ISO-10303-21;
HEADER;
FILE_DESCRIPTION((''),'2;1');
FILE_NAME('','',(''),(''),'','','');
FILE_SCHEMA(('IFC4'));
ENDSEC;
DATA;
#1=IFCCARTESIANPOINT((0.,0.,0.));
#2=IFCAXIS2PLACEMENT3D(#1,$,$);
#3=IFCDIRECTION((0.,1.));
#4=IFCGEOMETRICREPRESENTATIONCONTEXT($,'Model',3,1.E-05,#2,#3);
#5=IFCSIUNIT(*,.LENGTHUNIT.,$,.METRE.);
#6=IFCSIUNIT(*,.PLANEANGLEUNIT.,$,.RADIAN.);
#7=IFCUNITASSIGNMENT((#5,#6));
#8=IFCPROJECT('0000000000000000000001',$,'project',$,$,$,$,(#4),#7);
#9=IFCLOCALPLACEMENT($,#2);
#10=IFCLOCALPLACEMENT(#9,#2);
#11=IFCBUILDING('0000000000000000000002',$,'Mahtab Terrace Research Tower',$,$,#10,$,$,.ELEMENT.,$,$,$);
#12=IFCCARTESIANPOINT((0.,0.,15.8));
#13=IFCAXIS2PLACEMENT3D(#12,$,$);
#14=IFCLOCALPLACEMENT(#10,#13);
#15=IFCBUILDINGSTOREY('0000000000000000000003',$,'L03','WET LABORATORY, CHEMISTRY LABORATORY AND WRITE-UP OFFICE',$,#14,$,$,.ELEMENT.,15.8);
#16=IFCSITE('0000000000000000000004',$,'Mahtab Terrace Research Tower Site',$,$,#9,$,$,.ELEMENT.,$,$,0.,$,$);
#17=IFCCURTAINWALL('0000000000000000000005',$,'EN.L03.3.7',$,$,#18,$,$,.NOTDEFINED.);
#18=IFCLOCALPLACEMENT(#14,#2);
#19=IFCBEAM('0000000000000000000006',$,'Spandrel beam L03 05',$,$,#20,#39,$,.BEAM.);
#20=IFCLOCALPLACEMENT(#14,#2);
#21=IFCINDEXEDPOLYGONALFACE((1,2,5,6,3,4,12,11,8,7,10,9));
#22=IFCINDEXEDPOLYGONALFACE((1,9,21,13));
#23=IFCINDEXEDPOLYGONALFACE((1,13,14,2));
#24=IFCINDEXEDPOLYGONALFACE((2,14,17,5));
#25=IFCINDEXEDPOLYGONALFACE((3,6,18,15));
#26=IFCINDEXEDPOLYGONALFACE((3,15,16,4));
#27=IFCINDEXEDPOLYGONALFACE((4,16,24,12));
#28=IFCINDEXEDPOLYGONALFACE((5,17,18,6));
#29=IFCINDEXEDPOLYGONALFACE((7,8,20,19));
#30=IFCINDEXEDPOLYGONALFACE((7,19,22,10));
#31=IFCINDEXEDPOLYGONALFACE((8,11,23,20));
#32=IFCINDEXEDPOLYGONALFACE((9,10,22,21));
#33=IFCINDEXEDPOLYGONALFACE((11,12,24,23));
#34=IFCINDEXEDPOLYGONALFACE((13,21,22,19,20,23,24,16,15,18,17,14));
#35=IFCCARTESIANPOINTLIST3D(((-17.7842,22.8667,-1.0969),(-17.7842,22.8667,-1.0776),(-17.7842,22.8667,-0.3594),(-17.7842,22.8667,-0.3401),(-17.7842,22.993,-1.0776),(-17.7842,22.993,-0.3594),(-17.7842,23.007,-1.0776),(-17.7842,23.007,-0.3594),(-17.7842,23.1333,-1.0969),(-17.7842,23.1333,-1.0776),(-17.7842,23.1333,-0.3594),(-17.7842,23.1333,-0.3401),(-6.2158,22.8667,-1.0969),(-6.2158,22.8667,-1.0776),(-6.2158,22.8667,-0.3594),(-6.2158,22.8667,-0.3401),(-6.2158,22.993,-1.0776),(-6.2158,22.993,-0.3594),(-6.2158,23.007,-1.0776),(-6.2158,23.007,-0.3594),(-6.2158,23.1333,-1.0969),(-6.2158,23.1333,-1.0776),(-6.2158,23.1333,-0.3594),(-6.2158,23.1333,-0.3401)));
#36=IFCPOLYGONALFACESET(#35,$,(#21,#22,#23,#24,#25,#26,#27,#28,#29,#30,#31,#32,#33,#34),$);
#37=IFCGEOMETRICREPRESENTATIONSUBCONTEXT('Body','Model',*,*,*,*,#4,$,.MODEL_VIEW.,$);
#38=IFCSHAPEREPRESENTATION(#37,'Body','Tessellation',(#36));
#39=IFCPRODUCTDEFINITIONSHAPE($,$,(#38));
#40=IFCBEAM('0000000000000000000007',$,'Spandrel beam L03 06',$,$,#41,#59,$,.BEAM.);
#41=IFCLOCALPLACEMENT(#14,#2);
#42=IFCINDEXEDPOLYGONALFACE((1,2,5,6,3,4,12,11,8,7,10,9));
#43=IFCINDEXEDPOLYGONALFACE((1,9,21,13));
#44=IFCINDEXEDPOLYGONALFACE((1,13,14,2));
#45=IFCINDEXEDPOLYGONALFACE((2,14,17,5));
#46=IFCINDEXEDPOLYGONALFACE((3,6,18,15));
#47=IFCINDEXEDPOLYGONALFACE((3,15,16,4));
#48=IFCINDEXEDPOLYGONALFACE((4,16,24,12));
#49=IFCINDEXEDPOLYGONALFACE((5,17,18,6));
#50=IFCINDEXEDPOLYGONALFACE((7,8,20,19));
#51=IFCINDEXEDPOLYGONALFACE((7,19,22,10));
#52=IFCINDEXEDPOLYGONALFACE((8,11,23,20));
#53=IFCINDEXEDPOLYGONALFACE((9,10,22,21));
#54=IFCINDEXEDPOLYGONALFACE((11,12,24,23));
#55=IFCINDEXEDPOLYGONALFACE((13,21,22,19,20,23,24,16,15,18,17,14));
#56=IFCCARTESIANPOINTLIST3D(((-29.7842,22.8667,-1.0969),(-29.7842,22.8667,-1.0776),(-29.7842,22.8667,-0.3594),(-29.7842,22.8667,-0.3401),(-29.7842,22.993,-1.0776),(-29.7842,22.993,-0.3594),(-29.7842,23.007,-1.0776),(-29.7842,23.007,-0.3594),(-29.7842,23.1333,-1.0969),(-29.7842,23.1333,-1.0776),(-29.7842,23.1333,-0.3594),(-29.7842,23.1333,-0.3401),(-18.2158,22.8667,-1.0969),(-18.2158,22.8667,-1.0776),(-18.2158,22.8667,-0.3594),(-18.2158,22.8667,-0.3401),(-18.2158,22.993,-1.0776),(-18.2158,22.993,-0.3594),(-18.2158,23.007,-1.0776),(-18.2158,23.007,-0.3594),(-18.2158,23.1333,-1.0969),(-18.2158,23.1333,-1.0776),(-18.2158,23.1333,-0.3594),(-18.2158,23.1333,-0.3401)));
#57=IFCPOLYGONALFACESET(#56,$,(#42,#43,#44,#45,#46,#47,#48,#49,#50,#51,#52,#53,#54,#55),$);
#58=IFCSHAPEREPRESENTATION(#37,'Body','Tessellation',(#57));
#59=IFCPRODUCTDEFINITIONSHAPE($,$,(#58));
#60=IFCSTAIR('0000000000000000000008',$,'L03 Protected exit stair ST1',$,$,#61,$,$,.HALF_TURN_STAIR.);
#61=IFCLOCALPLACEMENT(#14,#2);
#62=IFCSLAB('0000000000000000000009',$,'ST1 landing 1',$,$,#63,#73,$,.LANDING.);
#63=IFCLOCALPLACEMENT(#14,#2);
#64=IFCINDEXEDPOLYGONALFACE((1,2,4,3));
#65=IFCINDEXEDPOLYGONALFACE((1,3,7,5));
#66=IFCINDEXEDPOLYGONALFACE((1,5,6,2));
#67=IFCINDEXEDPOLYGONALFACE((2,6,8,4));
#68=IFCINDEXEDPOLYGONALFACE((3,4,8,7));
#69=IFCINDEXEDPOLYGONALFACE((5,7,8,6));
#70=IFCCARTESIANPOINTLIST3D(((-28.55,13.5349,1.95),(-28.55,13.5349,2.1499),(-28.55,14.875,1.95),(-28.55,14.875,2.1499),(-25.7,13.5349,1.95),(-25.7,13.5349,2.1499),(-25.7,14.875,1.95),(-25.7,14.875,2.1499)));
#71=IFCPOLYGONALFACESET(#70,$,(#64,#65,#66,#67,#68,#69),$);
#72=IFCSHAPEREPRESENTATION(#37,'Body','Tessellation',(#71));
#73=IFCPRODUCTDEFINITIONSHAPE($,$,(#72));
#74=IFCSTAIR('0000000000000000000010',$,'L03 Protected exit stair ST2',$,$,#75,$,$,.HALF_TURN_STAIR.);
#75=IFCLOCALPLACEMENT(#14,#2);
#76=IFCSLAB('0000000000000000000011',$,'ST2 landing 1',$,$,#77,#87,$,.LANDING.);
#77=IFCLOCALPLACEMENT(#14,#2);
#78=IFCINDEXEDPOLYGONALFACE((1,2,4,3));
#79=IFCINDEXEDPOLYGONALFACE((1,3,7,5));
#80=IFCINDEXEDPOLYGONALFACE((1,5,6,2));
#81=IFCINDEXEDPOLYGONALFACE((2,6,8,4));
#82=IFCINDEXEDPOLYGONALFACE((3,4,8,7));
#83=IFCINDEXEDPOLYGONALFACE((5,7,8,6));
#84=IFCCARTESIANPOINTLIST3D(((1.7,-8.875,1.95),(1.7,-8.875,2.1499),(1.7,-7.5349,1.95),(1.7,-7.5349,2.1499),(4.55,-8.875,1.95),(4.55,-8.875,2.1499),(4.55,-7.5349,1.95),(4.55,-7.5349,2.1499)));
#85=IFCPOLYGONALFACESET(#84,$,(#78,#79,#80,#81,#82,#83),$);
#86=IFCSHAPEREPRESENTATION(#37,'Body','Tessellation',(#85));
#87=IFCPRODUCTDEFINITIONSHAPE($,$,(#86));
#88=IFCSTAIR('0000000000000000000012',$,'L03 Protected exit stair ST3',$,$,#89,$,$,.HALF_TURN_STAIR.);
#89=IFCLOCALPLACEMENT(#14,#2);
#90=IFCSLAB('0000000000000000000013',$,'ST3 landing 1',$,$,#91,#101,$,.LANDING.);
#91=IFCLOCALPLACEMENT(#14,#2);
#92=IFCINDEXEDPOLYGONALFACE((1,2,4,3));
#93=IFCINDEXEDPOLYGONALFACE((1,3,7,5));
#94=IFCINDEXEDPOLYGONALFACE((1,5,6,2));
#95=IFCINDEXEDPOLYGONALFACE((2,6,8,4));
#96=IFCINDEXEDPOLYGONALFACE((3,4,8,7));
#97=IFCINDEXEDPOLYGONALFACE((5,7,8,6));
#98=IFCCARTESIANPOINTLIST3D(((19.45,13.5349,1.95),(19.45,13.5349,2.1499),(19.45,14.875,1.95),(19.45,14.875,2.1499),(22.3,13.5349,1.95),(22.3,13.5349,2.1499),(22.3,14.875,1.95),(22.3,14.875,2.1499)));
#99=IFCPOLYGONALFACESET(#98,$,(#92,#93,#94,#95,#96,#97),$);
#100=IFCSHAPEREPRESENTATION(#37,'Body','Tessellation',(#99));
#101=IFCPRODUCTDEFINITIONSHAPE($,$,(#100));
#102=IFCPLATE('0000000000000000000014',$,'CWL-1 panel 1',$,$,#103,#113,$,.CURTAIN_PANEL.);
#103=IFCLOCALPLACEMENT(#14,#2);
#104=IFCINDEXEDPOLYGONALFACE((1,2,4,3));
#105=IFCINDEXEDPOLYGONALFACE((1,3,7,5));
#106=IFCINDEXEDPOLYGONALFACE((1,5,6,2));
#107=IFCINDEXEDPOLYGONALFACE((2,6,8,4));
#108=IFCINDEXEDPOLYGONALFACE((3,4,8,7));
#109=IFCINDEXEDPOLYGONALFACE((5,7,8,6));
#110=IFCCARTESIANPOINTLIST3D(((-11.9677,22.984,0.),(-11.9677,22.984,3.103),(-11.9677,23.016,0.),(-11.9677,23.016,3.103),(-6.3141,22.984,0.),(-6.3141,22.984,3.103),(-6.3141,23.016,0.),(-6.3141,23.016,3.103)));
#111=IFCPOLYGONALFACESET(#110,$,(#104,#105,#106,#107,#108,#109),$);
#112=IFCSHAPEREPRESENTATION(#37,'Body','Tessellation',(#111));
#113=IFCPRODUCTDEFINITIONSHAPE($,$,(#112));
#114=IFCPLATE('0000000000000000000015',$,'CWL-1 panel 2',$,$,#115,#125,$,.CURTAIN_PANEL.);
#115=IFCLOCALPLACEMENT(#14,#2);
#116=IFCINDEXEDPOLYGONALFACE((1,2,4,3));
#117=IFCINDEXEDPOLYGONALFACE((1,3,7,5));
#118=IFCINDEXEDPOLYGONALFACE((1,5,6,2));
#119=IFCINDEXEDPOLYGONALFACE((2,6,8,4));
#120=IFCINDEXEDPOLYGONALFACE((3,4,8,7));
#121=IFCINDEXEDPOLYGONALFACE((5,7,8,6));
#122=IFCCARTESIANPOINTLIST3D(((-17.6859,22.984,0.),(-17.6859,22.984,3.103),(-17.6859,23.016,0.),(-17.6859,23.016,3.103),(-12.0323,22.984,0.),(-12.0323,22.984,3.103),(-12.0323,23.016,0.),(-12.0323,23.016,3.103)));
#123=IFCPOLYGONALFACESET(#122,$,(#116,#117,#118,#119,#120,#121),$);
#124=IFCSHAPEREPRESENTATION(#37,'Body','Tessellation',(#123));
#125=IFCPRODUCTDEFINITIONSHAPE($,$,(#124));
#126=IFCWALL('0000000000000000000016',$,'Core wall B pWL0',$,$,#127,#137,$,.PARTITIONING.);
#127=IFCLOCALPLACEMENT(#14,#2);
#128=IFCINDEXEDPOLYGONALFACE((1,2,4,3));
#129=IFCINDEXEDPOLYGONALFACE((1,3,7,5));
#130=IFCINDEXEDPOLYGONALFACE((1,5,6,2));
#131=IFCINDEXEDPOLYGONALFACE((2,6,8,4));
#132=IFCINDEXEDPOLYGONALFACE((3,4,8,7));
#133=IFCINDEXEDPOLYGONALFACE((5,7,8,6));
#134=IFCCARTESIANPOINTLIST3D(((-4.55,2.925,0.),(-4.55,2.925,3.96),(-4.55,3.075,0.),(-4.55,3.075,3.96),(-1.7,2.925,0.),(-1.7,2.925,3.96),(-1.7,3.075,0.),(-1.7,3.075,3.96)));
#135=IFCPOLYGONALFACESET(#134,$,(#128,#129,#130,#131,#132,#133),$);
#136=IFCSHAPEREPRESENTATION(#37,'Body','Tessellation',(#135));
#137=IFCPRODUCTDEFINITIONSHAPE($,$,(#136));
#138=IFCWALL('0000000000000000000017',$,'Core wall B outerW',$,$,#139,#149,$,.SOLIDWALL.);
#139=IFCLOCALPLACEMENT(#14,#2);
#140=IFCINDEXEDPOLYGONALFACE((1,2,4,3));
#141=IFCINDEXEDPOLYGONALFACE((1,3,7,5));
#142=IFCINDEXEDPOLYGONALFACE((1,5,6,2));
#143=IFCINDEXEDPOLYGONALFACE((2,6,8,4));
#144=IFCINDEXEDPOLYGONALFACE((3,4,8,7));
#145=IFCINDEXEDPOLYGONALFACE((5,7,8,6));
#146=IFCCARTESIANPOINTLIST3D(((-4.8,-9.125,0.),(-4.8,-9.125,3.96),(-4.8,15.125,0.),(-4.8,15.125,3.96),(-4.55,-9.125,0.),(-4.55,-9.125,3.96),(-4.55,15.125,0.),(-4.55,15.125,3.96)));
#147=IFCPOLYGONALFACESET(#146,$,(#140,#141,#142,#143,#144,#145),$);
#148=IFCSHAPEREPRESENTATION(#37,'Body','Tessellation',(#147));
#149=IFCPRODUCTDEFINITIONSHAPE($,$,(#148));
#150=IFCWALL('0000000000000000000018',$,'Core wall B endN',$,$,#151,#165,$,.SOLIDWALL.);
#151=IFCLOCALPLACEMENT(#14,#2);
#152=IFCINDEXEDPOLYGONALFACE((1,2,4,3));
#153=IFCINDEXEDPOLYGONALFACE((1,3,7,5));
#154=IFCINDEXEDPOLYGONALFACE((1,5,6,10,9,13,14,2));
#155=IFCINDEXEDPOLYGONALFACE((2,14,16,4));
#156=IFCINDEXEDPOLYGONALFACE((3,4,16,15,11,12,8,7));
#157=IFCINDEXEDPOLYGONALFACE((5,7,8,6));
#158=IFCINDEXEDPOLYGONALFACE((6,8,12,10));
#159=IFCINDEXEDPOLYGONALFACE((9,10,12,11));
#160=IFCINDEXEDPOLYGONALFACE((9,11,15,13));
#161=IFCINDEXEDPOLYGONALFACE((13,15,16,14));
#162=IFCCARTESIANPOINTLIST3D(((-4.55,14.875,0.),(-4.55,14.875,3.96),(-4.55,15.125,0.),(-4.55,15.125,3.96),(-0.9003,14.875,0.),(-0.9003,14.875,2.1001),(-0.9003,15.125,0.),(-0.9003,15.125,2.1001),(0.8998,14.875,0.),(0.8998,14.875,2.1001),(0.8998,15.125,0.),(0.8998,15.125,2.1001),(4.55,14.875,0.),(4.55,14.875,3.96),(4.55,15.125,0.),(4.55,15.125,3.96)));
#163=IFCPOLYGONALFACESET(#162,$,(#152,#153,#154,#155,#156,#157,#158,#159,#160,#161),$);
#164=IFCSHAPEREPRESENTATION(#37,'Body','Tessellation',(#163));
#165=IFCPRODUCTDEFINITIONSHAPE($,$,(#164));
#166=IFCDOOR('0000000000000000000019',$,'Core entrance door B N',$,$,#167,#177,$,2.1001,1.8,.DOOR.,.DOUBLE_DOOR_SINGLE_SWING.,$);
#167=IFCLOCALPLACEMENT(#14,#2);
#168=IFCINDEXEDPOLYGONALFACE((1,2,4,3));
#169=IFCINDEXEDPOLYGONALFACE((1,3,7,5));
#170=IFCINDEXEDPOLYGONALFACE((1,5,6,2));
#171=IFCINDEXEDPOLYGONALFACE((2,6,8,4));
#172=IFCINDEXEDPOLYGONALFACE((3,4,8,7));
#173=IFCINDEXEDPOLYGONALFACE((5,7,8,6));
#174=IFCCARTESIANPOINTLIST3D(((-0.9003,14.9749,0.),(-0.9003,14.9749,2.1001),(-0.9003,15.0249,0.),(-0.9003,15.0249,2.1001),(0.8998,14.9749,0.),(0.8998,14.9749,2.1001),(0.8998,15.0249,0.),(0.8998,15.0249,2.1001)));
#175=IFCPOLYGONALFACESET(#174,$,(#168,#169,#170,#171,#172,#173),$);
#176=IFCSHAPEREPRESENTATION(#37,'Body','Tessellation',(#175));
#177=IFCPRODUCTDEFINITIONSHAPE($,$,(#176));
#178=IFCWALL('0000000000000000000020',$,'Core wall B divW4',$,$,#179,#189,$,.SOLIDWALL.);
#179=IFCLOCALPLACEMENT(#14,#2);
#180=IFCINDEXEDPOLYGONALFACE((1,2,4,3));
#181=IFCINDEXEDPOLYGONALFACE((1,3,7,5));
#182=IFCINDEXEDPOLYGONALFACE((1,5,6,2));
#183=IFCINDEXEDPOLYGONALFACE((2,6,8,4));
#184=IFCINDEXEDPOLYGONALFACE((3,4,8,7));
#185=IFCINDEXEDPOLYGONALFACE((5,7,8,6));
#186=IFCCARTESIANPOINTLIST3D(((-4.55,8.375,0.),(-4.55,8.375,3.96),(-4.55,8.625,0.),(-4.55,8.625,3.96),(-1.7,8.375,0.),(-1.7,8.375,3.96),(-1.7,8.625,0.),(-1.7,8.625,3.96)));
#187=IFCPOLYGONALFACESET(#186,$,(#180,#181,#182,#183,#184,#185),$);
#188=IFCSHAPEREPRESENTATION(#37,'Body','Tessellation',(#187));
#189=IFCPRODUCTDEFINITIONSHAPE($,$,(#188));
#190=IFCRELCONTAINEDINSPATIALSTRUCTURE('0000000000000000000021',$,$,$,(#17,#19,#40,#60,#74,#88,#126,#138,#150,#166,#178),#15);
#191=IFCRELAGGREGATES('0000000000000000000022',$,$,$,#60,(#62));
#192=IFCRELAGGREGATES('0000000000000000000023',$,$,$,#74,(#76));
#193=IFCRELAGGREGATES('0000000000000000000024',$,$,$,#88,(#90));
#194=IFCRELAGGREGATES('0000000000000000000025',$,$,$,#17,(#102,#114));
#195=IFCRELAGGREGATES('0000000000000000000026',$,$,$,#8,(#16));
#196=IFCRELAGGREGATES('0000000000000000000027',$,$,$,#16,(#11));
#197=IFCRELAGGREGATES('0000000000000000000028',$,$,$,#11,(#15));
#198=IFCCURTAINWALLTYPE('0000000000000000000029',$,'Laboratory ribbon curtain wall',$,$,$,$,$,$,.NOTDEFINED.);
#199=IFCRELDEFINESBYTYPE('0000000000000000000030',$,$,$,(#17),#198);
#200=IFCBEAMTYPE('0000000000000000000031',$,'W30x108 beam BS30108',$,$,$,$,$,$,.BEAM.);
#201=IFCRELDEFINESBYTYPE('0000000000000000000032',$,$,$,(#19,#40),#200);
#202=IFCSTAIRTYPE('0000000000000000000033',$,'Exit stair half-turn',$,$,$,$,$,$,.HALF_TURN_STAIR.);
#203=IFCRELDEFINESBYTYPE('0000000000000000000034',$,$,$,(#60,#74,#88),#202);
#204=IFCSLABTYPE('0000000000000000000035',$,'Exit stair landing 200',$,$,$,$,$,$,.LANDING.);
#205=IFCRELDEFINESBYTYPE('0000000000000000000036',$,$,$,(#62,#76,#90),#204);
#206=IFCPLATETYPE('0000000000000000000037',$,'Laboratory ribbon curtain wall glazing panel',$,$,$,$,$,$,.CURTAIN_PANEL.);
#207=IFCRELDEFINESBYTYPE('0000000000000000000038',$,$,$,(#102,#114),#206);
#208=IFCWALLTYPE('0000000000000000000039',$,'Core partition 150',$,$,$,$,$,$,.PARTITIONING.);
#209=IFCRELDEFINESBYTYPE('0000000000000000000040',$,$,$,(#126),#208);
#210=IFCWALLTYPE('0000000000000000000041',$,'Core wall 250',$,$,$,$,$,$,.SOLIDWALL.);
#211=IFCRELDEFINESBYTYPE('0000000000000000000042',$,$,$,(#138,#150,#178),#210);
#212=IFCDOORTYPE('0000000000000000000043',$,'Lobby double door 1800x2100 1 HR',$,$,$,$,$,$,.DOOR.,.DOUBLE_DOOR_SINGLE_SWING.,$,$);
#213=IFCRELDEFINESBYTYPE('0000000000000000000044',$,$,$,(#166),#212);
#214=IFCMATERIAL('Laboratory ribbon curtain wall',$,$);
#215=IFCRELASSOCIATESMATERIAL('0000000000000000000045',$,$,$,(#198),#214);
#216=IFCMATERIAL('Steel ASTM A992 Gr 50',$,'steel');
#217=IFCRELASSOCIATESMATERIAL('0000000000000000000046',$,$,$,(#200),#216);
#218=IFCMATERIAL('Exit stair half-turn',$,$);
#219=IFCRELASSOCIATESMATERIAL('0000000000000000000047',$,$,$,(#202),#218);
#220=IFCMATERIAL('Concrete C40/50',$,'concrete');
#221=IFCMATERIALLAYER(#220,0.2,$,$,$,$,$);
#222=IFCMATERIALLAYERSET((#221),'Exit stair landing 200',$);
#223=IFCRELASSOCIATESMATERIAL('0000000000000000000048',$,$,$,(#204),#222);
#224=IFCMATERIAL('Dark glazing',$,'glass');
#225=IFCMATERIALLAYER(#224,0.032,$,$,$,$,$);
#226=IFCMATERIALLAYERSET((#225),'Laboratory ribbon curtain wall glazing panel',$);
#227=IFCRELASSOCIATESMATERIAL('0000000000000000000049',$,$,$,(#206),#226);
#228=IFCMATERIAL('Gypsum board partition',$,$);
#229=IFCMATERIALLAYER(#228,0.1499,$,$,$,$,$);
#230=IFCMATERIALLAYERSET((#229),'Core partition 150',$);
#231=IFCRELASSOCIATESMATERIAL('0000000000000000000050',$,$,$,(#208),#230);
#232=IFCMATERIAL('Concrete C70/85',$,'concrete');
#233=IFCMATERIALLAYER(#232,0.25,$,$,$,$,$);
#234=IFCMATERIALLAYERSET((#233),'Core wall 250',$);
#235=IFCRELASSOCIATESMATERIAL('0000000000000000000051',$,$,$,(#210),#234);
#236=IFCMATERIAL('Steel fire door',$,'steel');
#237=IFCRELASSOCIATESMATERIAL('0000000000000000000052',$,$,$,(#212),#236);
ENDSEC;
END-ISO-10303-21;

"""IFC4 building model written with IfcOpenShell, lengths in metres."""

from ifc_helpers import new_model, si_unit, direction, frame, frame_2d, origin, origin_2d, place, context, subcontext, project, spatial, polyline, rectangle, i_section, outline, extrude, material, layer, layer_set, material_profile, profile_set, type_object, element, fill, aggregate, save


model = new_model("IFC4")

# Units and contexts
model_context = context("Model", 3, precision=1e-05, world=origin(), true_north=direction((0.0, 1.0)))
body_context = subcontext(model_context, "Body", "Model", "MODEL_VIEW")
ifc_project = project(units=[si_unit("LENGTHUNIT", "METRE"), si_unit("PLANEANGLEUNIT", "RADIAN")], contexts=[model_context])

# Site, building, storey
site_placement = place(None, origin())
site = spatial("IfcSite", under=ifc_project, at=site_placement, Name="Mahtab Terrace Research Tower Site", CompositionType="ELEMENT", RefElevation=0.0)
building_placement = place(site_placement, origin())
building = spatial("IfcBuilding", under=site, at=building_placement, Name="Mahtab Terrace Research Tower", CompositionType="ELEMENT")
storey_placement = place(building_placement, frame((0.0, 0.0, 15.8)))
storey = spatial("IfcBuildingStorey", under=building, at=storey_placement, Name="L03", Description="WET LABORATORY, CHEMISTRY LABORATORY AND WRITE-UP OFFICE", CompositionType="ELEMENT", Elevation=15.8)

# Shared definitions
ifc_material_1 = material(Name="Concrete C70/85", Category="concrete")
ifc_material_2 = material(Name="Steel ASTM A992 Gr 50", Category="steel")

# Curtain wall
ifc_material_3 = material(Name="Laboratory ribbon curtain wall")
curtain_wall_type = type_object("IfcCurtainWallType", Name="Laboratory ribbon curtain wall", PredefinedType="NOTDEFINED", material=ifc_material_3)
curtain_wall_placement = place(storey_placement, origin())
curtain_wall = element("IfcCurtainWall", 1, at=curtain_wall_placement, inside=storey, type_object=curtain_wall_type, Name="EN.L03.3.7", PredefinedType="NOTDEFINED")

# Beams
ifc_material_profile_1 = material_profile(ifc_material_2, i_section(OverallWidth=0.2666, OverallDepth=0.7568, WebThickness=0.0139, FlangeThickness=0.0193, at=origin_2d()), Name="W30X108")
ifc_profile_set_1 = profile_set([ifc_material_profile_1], Name="Steel ASTM A992 Gr 50")
beam_type = type_object("IfcBeamType", Name="W30x108 beam BS30108", PredefinedType="BEAM", material=ifc_profile_set_1)
for number, where, z_axis, x_axis, name in (
    (2, (-6.2158, 23.0, -0.7185), (-1.0, 0.0, 0.0), (0.0, -1.0, 0.0), "Spandrel beam L03 05"),
    (3, (-18.2158, 23.0, -0.7185), (-1.0, 0.0, 0.0), (0.0, -1.0, 0.0), "Spandrel beam L03 06"),
):
    element("IfcBeam", number, at=place(storey_placement, frame(where, z_axis=z_axis, x_axis=x_axis)), inside=storey, type_object=beam_type, Name=name, PredefinedType="BEAM", context=body_context, shape_type="SweptSolid", body=[
        extrude(i_section(OverallWidth=0.2666, OverallDepth=0.7568, WebThickness=0.0139, FlangeThickness=0.0193, at=origin_2d()), origin(), (0.0, 0.0, 1.0), 11.5684),
    ])

# Stairs, slabs
ifc_material_4 = material(Name="Exit stair half-turn")
stair_type = type_object("IfcStairType", Name="Exit stair half-turn", PredefinedType="HALF_TURN_STAIR", material=ifc_material_4)
stair_1_placement = place(storey_placement, origin())
stair_1 = element("IfcStair", 4, at=stair_1_placement, inside=storey, type_object=stair_type, Name="L03 Protected exit stair ST1", PredefinedType="HALF_TURN_STAIR")
ifc_material_5 = material(Name="Concrete C40/50", Category="concrete")
ifc_layer_1 = layer(ifc_material_5, 0.2)
ifc_layer_set_1 = layer_set([ifc_layer_1], Name="Exit stair landing 200")
slab_type = type_object("IfcSlabType", Name="Exit stair landing 200", PredefinedType="LANDING", material=ifc_layer_set_1)
slab_1_placement = place(storey_placement, frame((0.0, 0.0, 1.95)))
slab_1 = element("IfcSlab", 5, at=slab_1_placement, type_object=slab_type, Name="ST1 landing 1", PredefinedType="LANDING", context=body_context, shape_type="SweptSolid", body=[
    extrude(outline(polyline([(-25.7, 13.5349), (-25.7, 14.875), (-28.55, 14.875), (-28.55, 13.5349), (-25.7, 13.5349)])), origin(), (0.0, 0.0, 1.0), 0.2),
])
aggregate(stair_1, [slab_1])
stair_2_placement = place(storey_placement, origin())
stair_2 = element("IfcStair", 6, at=stair_2_placement, inside=storey, type_object=stair_type, Name="L03 Protected exit stair ST2", PredefinedType="HALF_TURN_STAIR")
slab_2_placement = place(storey_placement, frame((0.0, 0.0, 1.95)))
slab_2 = element("IfcSlab", 7, at=slab_2_placement, type_object=slab_type, Name="ST2 landing 1", PredefinedType="LANDING", context=body_context, shape_type="SweptSolid", body=[
    extrude(outline(polyline([(1.7, -7.5349), (1.7, -8.875), (4.55, -8.875), (4.55, -7.5349), (1.7, -7.5349)])), origin(), (0.0, 0.0, 1.0), 0.2),
])
aggregate(stair_2, [slab_2])
stair_3_placement = place(storey_placement, origin())
stair_3 = element("IfcStair", 8, at=stair_3_placement, inside=storey, type_object=stair_type, Name="L03 Protected exit stair ST3", PredefinedType="HALF_TURN_STAIR")
slab_3_placement = place(storey_placement, frame((0.0, 0.0, 1.95)))
slab_3 = element("IfcSlab", 9, at=slab_3_placement, type_object=slab_type, Name="ST3 landing 1", PredefinedType="LANDING", context=body_context, shape_type="SweptSolid", body=[
    extrude(outline(polyline([(22.3, 13.5349), (22.3, 14.875), (19.45, 14.875), (19.45, 13.5349), (22.3, 13.5349)])), origin(), (0.0, 0.0, 1.0), 0.2),
])
aggregate(stair_3, [slab_3])

# Plates
ifc_material_6 = material(Name="Dark glazing", Category="glass")
ifc_layer_2 = layer(ifc_material_6, 0.032)
ifc_layer_set_2 = layer_set([ifc_layer_2], Name="Laboratory ribbon curtain wall glazing panel")
plate_type = type_object("IfcPlateType", Name="Laboratory ribbon curtain wall glazing panel", PredefinedType="CURTAIN_PANEL", material=ifc_layer_set_2)
plate_1_placement = place(storey_placement, frame((-9.1409, 23.0, 0.0), z_axis=(0.0, 0.0, 1.0), x_axis=(-1.0, 0.0, 0.0)))
plate_1 = element("IfcPlate", 10, at=plate_1_placement, type_object=plate_type, Name="CWL-1 panel 1", PredefinedType="CURTAIN_PANEL", context=body_context, shape_type="SweptSolid", body=[
    extrude(rectangle(XDim=5.6536, YDim=0.032, at=origin_2d()), origin(), (0.0, 0.0, 1.0), 3.103),
])
plate_2_placement = place(storey_placement, frame((-14.8591, 23.0, 0.0), z_axis=(0.0, 0.0, 1.0), x_axis=(-1.0, 0.0, 0.0)))
plate_2 = element("IfcPlate", 11, at=plate_2_placement, type_object=plate_type, Name="CWL-1 panel 2", PredefinedType="CURTAIN_PANEL", context=body_context, shape_type="SweptSolid", body=[
    extrude(rectangle(XDim=5.6536, YDim=0.032, at=origin_2d()), origin(), (0.0, 0.0, 1.0), 3.103),
])
aggregate(curtain_wall, [plate_1, plate_2])

# Walls
ifc_material_7 = material(Name="Gypsum board partition")
ifc_layer_3 = layer(ifc_material_7, 0.1499)
ifc_layer_set_3 = layer_set([ifc_layer_3], Name="Core partition 150")
wall_type_1 = type_object("IfcWallType", Name="Core partition 150", PredefinedType="PARTITIONING", material=ifc_layer_set_3)
wall_1_placement = place(storey_placement, frame((-4.55, 3.0, 0.0), z_axis=(0.0, 0.0, 1.0), x_axis=(1.0, 0.0, 0.0)))
element("IfcWall", 12, at=wall_1_placement, inside=storey, type_object=wall_type_1, Name="Core wall B pWL0", PredefinedType="PARTITIONING", context=body_context, shape_type="SweptSolid", body=[
    extrude(rectangle(XDim=2.8501, YDim=0.1499, at=frame_2d((1.425, 0.0))), origin(), (0.0, 0.0, 1.0), 3.96),
])
ifc_layer_4 = layer(ifc_material_1, 0.25)
ifc_layer_set_4 = layer_set([ifc_layer_4], Name="Core wall 250")
wall_type_2 = type_object("IfcWallType", Name="Core wall 250", PredefinedType="SOLIDWALL", material=ifc_layer_set_4)
wall_2_placement = place(storey_placement, frame((-4.675, 15.125, 0.0), z_axis=(0.0, 0.0, 1.0), x_axis=(0.0, -1.0, 0.0)))
element("IfcWall", 13, at=wall_2_placement, inside=storey, type_object=wall_type_2, Name="Core wall B outerW", PredefinedType="SOLIDWALL", context=body_context, shape_type="SweptSolid", body=[
    extrude(rectangle(XDim=24.25, YDim=0.25, at=frame_2d((12.125, 0.0))), origin(), (0.0, 0.0, 1.0), 3.96),
])

# Wall, opening, door
wall_3_placement = place(storey_placement, frame((-4.55, 15.0, 0.0), z_axis=(0.0, 0.0, 1.0), x_axis=(1.0, 0.0, 0.0)))
wall_3 = element("IfcWall", 14, at=wall_3_placement, inside=storey, type_object=wall_type_2, Name="Core wall B endN", PredefinedType="SOLIDWALL", context=body_context, shape_type="SweptSolid", body=[
    extrude(rectangle(XDim=9.1001, YDim=0.25, at=frame_2d((4.55, 0.0))), origin(), (0.0, 0.0, 1.0), 3.96),
])
opening_placement = place(wall_3_placement, frame((3.6499, 0.0, 0.0)))
opening = element("IfcOpeningElement", 15, at=opening_placement, cuts=wall_3, PredefinedType="OPENING", context=body_context, shape_type="SweptSolid", body=[
    extrude(rectangle(XDim=1.8, YDim=2.1001, at=frame_2d((0.8999, 1.05))), frame((0.0, 0.135, 0.0), z_axis=(0.0, -1.0, 0.0), x_axis=(1.0, 0.0, 0.0)), (0.0, 0.0, 1.0), 0.27),
])
ifc_material_8 = material(Name="Steel fire door", Category="steel")
door_type = type_object("IfcDoorType", Name="Lobby double door 1800x2100 1 HR", OperationType="DOUBLE_DOOR_SINGLE_SWING", PredefinedType="DOOR", material=ifc_material_8)
door_placement = place(opening_placement, origin())
door = element("IfcDoor", 16, at=door_placement, inside=storey, type_object=door_type, Name="Core entrance door B N", OperationType="DOUBLE_DOOR_SINGLE_SWING", OverallHeight=2.1001, OverallWidth=1.8, PredefinedType="DOOR", context=body_context, shape_type="SweptSolid", body=[
    extrude(rectangle(XDim=1.8, YDim=2.1001, at=frame_2d((0.8999, 1.05))), frame((0.0, 0.0249, 0.0), z_axis=(0.0, -1.0, 0.0), x_axis=(1.0, 0.0, 0.0)), (0.0, 0.0, 1.0), 0.05),
])
fill(opening, door)

# Wall
wall_4_placement = place(storey_placement, frame((-4.55, 8.5, 0.0), z_axis=(0.0, 0.0, 1.0), x_axis=(1.0, 0.0, 0.0)))
element("IfcWall", 17, at=wall_4_placement, inside=storey, type_object=wall_type_2, Name="Core wall B divW4", PredefinedType="SOLIDWALL", context=body_context, shape_type="SweptSolid", body=[
    extrude(rectangle(XDim=2.8501, YDim=0.25, at=frame_2d((1.425, 0.0))), origin(), (0.0, 0.0, 1.0), 3.96),
])

save(model, "model.ifc")
